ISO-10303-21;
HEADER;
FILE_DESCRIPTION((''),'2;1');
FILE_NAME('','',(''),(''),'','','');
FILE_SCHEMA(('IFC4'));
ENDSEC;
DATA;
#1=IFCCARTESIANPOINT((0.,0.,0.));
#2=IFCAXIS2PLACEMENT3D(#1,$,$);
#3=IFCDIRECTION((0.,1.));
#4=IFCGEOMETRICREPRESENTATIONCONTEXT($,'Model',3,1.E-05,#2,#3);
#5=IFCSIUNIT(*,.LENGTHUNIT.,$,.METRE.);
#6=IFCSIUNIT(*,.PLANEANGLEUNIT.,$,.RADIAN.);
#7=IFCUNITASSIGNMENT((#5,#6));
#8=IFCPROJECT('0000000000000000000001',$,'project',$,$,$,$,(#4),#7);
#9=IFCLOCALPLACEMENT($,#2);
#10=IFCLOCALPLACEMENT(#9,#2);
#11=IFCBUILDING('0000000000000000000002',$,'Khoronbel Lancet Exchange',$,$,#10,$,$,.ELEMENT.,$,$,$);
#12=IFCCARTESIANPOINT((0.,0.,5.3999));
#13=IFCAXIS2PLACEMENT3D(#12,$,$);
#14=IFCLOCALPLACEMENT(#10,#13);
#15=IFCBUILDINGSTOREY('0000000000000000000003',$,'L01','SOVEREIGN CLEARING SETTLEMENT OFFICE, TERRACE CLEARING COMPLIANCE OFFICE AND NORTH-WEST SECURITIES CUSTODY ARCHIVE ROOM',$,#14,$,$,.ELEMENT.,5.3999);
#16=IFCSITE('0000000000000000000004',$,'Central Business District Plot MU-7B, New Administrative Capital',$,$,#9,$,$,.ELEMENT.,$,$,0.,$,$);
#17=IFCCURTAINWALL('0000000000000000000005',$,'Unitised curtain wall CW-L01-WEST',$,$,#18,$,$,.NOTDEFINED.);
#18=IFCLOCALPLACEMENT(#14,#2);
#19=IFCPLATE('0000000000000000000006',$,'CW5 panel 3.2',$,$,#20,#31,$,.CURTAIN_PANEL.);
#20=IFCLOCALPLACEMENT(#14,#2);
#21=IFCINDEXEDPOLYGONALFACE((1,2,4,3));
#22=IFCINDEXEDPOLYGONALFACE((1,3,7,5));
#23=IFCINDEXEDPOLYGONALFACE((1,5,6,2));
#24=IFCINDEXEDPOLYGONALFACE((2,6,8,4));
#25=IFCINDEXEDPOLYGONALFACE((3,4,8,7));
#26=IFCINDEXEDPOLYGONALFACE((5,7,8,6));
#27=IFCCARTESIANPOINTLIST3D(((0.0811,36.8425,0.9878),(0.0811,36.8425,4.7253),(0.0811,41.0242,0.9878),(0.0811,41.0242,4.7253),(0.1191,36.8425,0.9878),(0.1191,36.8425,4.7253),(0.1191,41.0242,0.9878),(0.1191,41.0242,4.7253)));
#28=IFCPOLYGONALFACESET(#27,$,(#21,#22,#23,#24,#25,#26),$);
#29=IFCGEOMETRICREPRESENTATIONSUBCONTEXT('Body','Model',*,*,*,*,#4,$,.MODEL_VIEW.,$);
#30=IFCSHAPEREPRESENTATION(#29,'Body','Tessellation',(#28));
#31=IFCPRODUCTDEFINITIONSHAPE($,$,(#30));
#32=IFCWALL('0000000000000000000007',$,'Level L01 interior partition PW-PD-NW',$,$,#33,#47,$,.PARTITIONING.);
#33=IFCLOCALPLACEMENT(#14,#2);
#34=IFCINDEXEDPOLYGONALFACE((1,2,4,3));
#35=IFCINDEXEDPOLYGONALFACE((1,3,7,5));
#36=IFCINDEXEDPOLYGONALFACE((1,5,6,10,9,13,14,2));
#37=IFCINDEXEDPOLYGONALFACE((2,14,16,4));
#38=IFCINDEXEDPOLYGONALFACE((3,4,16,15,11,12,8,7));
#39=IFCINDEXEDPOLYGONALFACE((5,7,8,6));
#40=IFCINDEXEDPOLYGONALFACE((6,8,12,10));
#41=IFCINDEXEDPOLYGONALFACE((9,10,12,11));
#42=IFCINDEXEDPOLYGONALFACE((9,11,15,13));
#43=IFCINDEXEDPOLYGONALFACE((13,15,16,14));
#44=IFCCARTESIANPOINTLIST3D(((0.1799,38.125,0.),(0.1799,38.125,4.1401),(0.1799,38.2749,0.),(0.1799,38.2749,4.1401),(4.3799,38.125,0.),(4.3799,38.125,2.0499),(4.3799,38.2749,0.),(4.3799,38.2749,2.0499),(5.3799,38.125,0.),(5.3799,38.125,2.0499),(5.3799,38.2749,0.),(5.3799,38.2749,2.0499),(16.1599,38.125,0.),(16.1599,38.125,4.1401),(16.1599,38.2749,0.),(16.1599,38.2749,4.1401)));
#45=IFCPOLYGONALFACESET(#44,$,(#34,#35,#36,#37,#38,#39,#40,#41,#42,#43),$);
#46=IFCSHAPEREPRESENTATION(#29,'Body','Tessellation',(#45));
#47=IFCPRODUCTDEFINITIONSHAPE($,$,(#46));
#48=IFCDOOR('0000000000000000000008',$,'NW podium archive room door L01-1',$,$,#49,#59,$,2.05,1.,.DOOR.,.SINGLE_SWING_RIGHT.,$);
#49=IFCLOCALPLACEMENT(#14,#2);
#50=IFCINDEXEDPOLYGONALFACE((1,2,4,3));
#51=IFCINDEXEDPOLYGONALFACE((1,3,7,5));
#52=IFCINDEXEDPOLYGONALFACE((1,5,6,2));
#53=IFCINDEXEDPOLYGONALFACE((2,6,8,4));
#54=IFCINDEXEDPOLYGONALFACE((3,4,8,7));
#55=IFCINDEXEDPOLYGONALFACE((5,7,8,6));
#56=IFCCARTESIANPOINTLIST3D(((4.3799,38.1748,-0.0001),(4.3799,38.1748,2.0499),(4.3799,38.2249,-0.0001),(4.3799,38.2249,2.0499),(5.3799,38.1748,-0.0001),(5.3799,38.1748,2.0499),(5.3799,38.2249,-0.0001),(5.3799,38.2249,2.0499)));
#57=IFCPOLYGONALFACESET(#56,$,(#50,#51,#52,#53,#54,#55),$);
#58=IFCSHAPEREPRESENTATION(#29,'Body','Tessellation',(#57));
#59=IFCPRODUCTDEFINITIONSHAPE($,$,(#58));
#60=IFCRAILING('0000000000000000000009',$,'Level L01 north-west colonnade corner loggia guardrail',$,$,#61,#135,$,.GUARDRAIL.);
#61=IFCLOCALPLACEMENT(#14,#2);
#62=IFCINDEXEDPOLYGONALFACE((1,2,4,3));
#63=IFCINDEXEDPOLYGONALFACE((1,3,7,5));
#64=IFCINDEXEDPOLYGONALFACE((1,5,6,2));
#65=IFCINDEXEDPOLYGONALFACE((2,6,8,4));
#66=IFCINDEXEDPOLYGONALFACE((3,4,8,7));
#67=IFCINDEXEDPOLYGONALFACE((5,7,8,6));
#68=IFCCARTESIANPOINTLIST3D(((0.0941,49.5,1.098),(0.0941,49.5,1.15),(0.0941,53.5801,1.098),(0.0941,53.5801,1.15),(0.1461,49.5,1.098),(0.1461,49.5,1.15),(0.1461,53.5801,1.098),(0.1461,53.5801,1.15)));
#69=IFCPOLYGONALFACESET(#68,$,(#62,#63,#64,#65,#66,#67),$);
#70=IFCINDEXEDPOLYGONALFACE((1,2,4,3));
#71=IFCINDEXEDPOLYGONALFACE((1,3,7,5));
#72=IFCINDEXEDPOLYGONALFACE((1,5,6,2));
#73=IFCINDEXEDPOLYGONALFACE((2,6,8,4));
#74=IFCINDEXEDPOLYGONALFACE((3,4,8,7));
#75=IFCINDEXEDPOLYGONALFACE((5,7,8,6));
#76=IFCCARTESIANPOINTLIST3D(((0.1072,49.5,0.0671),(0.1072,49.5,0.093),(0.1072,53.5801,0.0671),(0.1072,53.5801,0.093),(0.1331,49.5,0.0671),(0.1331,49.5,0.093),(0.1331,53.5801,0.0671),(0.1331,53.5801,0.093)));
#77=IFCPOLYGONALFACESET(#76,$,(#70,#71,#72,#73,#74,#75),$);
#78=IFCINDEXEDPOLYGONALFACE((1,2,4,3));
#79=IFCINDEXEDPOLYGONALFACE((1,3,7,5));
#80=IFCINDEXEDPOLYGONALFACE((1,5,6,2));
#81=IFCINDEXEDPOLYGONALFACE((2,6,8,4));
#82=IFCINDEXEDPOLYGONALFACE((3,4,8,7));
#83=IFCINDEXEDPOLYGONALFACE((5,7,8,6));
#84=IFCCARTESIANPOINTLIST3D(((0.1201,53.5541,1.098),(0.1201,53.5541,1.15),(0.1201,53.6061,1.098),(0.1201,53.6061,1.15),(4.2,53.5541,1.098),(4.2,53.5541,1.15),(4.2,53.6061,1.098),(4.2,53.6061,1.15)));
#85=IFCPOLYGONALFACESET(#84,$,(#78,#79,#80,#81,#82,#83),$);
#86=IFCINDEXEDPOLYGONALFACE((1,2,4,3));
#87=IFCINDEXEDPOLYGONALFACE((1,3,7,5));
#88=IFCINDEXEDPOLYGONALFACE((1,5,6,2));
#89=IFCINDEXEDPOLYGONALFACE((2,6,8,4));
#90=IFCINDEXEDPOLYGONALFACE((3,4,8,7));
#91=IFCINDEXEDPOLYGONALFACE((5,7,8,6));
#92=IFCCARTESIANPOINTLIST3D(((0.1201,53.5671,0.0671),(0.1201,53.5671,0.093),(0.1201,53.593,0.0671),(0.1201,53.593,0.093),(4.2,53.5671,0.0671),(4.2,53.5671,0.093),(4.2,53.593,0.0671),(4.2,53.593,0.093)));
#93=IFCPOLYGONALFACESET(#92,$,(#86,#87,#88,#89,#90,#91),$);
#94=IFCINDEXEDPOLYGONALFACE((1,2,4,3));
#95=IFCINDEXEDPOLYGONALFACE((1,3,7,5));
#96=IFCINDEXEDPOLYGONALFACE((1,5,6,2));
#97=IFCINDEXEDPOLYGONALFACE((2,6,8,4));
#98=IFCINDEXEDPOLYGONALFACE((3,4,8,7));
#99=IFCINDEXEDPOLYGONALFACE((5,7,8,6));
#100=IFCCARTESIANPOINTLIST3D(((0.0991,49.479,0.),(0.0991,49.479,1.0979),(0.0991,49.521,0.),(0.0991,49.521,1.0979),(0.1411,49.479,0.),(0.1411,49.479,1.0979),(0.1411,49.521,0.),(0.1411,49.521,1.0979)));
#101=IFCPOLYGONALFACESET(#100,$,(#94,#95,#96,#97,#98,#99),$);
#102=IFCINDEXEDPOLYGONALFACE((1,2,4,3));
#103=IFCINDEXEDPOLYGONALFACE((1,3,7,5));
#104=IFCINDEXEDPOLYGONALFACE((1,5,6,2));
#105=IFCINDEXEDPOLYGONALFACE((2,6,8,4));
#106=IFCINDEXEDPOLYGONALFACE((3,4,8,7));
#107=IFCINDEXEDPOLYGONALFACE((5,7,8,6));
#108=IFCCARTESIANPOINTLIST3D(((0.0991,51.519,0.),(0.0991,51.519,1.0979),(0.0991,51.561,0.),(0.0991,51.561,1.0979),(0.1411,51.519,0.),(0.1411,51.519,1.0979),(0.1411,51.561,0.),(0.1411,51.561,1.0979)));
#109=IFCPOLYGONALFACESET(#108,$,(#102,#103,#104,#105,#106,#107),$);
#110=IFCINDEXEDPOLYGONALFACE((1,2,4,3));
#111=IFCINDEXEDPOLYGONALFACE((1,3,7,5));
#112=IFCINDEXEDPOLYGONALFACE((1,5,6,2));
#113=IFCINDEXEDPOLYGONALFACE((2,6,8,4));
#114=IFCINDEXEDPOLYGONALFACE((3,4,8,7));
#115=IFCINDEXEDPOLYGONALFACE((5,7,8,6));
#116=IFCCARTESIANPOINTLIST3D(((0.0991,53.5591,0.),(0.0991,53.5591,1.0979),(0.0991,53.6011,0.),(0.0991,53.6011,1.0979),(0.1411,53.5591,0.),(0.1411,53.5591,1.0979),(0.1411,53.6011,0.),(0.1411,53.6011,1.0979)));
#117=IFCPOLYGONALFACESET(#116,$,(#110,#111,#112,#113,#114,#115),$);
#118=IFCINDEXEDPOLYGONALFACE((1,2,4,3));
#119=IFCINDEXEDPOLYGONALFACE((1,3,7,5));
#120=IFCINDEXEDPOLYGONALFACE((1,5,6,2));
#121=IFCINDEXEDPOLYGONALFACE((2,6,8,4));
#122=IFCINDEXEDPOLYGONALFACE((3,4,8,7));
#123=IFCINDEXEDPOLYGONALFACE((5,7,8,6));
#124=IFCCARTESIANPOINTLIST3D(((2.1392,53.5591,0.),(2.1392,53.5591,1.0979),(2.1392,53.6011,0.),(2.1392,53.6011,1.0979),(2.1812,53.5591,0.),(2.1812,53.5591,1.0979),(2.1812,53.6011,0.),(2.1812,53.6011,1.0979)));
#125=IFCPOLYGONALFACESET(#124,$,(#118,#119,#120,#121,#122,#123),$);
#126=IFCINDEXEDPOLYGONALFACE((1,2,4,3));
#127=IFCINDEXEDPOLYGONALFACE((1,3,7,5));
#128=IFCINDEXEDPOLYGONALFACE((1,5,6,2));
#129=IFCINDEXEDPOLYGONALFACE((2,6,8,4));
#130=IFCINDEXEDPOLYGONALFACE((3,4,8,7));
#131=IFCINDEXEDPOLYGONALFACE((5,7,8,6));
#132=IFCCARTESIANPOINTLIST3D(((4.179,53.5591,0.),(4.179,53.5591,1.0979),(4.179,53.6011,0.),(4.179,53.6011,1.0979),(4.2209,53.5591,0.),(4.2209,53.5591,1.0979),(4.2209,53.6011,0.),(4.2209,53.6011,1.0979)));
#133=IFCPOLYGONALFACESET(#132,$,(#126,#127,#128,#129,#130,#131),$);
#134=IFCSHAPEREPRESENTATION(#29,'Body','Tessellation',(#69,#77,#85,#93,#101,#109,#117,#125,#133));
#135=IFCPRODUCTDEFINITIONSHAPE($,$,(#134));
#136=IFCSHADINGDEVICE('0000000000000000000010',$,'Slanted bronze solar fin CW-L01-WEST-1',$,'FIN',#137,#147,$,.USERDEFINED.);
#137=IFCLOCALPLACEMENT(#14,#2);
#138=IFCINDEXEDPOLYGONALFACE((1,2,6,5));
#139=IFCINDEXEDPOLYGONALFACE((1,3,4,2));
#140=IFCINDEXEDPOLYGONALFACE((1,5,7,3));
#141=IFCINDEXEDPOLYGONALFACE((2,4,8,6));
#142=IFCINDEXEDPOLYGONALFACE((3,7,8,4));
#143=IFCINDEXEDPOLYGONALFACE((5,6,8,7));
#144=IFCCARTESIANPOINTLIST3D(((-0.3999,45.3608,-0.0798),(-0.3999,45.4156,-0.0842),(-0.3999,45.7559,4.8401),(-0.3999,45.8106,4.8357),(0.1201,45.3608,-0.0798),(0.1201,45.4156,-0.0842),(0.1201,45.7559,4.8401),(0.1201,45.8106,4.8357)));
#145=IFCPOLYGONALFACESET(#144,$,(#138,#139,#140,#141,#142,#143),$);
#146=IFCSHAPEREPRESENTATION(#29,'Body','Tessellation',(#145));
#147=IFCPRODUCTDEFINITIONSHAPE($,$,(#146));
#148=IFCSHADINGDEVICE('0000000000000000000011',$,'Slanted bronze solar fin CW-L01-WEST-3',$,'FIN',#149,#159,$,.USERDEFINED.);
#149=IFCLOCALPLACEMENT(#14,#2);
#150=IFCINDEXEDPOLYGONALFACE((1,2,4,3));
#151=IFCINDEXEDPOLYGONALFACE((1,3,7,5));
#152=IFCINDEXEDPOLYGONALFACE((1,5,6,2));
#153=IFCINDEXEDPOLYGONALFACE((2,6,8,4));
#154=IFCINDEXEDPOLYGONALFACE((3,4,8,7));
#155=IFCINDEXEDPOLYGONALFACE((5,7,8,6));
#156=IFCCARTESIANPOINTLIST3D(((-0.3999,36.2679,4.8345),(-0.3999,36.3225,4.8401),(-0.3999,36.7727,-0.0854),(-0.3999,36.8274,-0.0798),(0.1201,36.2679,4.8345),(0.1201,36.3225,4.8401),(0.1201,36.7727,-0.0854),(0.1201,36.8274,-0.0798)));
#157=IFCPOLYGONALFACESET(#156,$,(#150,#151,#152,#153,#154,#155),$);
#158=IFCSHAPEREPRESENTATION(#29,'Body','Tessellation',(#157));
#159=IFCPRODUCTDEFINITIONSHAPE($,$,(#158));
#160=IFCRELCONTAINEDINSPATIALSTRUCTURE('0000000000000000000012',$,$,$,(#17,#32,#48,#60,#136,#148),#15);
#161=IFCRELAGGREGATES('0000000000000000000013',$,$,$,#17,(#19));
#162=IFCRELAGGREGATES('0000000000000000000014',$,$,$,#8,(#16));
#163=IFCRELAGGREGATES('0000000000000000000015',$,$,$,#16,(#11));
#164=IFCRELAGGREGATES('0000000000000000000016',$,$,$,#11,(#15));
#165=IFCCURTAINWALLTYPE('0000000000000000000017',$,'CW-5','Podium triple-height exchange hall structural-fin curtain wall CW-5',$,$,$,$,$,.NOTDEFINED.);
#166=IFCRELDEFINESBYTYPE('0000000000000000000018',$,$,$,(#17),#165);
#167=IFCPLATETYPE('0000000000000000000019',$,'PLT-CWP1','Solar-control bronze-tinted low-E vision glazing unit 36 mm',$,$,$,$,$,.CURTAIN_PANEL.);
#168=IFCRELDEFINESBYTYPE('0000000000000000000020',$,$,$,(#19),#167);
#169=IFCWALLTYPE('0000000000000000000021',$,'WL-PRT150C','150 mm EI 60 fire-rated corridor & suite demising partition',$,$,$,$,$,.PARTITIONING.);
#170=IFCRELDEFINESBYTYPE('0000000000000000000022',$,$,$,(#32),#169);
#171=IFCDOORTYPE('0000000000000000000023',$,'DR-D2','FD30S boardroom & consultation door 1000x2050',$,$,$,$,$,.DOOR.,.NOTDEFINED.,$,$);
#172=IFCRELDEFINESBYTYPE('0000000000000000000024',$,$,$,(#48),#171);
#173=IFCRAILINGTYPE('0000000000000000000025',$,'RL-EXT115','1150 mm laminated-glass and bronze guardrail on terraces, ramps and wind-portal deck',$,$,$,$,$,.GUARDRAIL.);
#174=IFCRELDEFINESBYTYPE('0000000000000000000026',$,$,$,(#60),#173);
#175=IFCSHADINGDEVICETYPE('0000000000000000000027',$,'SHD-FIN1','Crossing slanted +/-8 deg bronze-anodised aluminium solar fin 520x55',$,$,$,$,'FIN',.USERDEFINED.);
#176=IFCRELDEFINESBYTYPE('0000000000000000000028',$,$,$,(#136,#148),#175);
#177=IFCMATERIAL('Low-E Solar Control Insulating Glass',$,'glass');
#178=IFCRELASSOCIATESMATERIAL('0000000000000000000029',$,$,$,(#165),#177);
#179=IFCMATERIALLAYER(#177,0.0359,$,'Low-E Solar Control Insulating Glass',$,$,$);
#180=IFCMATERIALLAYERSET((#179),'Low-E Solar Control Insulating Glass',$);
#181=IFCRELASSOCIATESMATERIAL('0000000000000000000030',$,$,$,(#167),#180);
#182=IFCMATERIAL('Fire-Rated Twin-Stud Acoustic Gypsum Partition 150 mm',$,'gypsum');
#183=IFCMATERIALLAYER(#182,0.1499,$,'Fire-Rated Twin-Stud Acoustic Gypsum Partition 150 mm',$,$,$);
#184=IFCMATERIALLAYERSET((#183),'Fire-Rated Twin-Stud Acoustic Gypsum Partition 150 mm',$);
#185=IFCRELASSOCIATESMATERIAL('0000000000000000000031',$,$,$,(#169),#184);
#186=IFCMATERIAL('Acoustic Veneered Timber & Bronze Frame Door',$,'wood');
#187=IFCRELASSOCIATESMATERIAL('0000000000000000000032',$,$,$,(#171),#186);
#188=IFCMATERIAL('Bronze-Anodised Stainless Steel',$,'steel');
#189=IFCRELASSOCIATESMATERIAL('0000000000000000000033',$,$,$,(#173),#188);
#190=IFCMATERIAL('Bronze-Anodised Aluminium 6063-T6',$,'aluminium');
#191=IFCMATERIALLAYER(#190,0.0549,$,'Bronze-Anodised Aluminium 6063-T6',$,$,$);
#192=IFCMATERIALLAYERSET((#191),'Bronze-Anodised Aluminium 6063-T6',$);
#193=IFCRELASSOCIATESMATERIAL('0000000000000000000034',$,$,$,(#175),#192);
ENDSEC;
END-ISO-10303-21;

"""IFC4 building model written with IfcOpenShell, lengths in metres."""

from ifc_helpers import new_model, si_unit, direction, frame, frame_2d, origin, origin_2d, place, context, subcontext, project, spatial, polyline, rectangle, outline, extrude, material, layer, layer_set, type_object, element, fill, aggregate, save


model = new_model("IFC4")

# Units and contexts
model_context = context("Model", 3, precision=1e-05, world=origin(), true_north=direction((0.0, 1.0)))
body_context = subcontext(model_context, "Body", "Model", "MODEL_VIEW")
ifc_project = project(units=[si_unit("LENGTHUNIT", "METRE"), si_unit("PLANEANGLEUNIT", "RADIAN")], contexts=[model_context])

# Site, building, storey
site_placement = place(None, origin())
site = spatial("IfcSite", under=ifc_project, at=site_placement, Name="Central Business District Plot MU-7B, New Administrative Capital", CompositionType="ELEMENT", RefElevation=0.0)
building_placement = place(site_placement, origin())
building = spatial("IfcBuilding", under=site, at=building_placement, Name="Khoronbel Lancet Exchange", CompositionType="ELEMENT")
storey_placement = place(building_placement, frame((0.0, 0.0, 5.3999)))
storey = spatial("IfcBuildingStorey", under=building, at=storey_placement, Name="L01", Description="SOVEREIGN CLEARING SETTLEMENT OFFICE, TERRACE CLEARING COMPLIANCE OFFICE AND NORTH-WEST SECURITIES CUSTODY ARCHIVE ROOM", CompositionType="ELEMENT", Elevation=5.3999)

# Curtain wall, plate
ifc_material_1 = material(Name="Low-E Solar Control Insulating Glass", Category="glass")
curtain_wall_type = type_object("IfcCurtainWallType", Name="CW-5", Description="Podium triple-height exchange hall structural-fin curtain wall CW-5", PredefinedType="NOTDEFINED", material=ifc_material_1)
curtain_wall_placement = place(storey_placement, origin())
curtain_wall = element("IfcCurtainWall", 1, at=curtain_wall_placement, inside=storey, type_object=curtain_wall_type, Name="Unitised curtain wall CW-L01-WEST", PredefinedType="NOTDEFINED")
ifc_material_2 = material(Name="Bronze-Anodised Aluminium 6063-T6", Category="aluminium")
ifc_layer_1 = layer(ifc_material_1, 0.0359, Name="Low-E Solar Control Insulating Glass")
ifc_layer_set_1 = layer_set([ifc_layer_1], Name="Low-E Solar Control Insulating Glass")
plate_type = type_object("IfcPlateType", Name="PLT-CWP1", Description="Solar-control bronze-tinted low-E vision glazing unit 36 mm", PredefinedType="CURTAIN_PANEL", material=ifc_layer_set_1)
plate_1_placement = place(storey_placement, frame((0.1001, 38.9333, 0.9878), z_axis=(0.0, 0.0, 1.0), x_axis=(0.0, -1.0, 0.0)))
plate_1 = element("IfcPlate", 2, at=plate_1_placement, type_object=plate_type, Name="CW5 panel 3.2", PredefinedType="CURTAIN_PANEL", context=body_context, shape_type="SweptSolid", body=[
    extrude(rectangle(XDim=4.1816, YDim=0.0381, at=origin_2d()), origin(), (0.0, 0.0, 1.0), 3.7375),
])
aggregate(curtain_wall, [plate_1])

# Wall, opening, door
ifc_material_3 = material(Name="Fire-Rated Twin-Stud Acoustic Gypsum Partition 150 mm", Category="gypsum")
ifc_layer_2 = layer(ifc_material_3, 0.1499, Name="Fire-Rated Twin-Stud Acoustic Gypsum Partition 150 mm")
ifc_layer_set_2 = layer_set([ifc_layer_2], Name="Fire-Rated Twin-Stud Acoustic Gypsum Partition 150 mm")
wall_type = type_object("IfcWallType", Name="WL-PRT150C", Description="150 mm EI 60 fire-rated corridor & suite demising partition", PredefinedType="PARTITIONING", material=ifc_layer_set_2)
wall_placement = place(storey_placement, frame((0.1799, 38.2, 0.0), z_axis=(0.0, 0.0, 1.0), x_axis=(1.0, 0.0, 0.0)))
wall = element("IfcWall", 3, at=wall_placement, inside=storey, type_object=wall_type, Name="Level L01 interior partition PW-PD-NW", PredefinedType="PARTITIONING", context=body_context, shape_type="SweptSolid", body=[
    extrude(rectangle(XDim=15.98, YDim=0.1499, at=frame_2d((7.99, 0.0))), origin(), (0.0, 0.0, 1.0), 4.1401),
])
opening_placement = place(wall_placement, frame((4.2, 0.0, 0.0)))
opening = element("IfcOpeningElement", 4, at=opening_placement, cuts=wall, PredefinedType="OPENING", context=body_context, shape_type="SweptSolid", body=[
    extrude(rectangle(XDim=1.0, YDim=2.05, at=frame_2d((0.5, 1.0249))), frame((0.0, 0.085, 0.0), z_axis=(0.0, -1.0, 0.0), x_axis=(1.0, 0.0, 0.0)), (0.0, 0.0, 1.0), 0.1699),
])
ifc_material_4 = material(Name="Acoustic Veneered Timber & Bronze Frame Door", Category="wood")
door_type = type_object("IfcDoorType", Name="DR-D2", Description="FD30S boardroom & consultation door 1000x2050", OperationType="NOTDEFINED", PredefinedType="DOOR", material=ifc_material_4)
door_placement = place(opening_placement, origin())
door = element("IfcDoor", 5, at=door_placement, inside=storey, type_object=door_type, Name="NW podium archive room door L01-1", OperationType="SINGLE_SWING_RIGHT", OverallHeight=2.05, OverallWidth=1.0, PredefinedType="DOOR", context=body_context, shape_type="SweptSolid", body=[
    extrude(rectangle(XDim=1.0, YDim=2.05, at=frame_2d((0.5, 1.0249))), frame((0.0, 0.0249, 0.0), z_axis=(0.0, -1.0, 0.0), x_axis=(1.0, 0.0, 0.0)), (0.0, 0.0, 1.0), 0.05),
])
fill(opening, door)

# Railing
ifc_material_5 = material(Name="Bronze-Anodised Stainless Steel", Category="steel")
railing_type = type_object("IfcRailingType", Name="RL-EXT115", Description="1150 mm laminated-glass and bronze guardrail on terraces, ramps and wind-portal deck", PredefinedType="GUARDRAIL", material=ifc_material_5)
railing_placement = place(storey_placement, frame((0.1201, 49.5, 0.0)))
element("IfcRailing", 6, at=railing_placement, inside=storey, type_object=railing_type, Name="Level L01 north-west colonnade corner loggia guardrail", PredefinedType="GUARDRAIL", context=body_context, shape_type="SweptSolid", body=[
    extrude(rectangle(XDim=0.052, YDim=0.052, at=origin_2d()), frame((0.0, 0.0, 1.124), z_axis=(0.0, 1.0, 0.0), x_axis=(-1.0, 0.0, 0.0)), (0.0, 0.0, 1.0), 4.0801),
    extrude(rectangle(XDim=0.0259, YDim=0.0259, at=origin_2d()), frame((0.0, 0.0, 0.0801), z_axis=(0.0, 1.0, 0.0), x_axis=(-1.0, 0.0, 0.0)), (0.0, 0.0, 1.0), 4.0801),
    extrude(rectangle(XDim=0.052, YDim=0.052, at=origin_2d()), frame((0.0, 4.0801, 1.124), z_axis=(1.0, 0.0, 0.0), x_axis=(0.0, 1.0, 0.0)), (0.0, 0.0, 1.0), 4.0798),
    extrude(rectangle(XDim=0.0259, YDim=0.0259, at=origin_2d()), frame((0.0, 4.0801, 0.0801), z_axis=(1.0, 0.0, 0.0), x_axis=(0.0, 1.0, 0.0)), (0.0, 0.0, 1.0), 4.0798),
    extrude(rectangle(XDim=0.042, YDim=0.042, at=origin_2d()), origin(), (0.0, 0.0, 1.0), 1.0979),
    extrude(rectangle(XDim=0.042, YDim=0.042, at=origin_2d()), frame((0.0, 2.04, 0.0)), (0.0, 0.0, 1.0), 1.0979),
    extrude(rectangle(XDim=0.042, YDim=0.042, at=origin_2d()), frame((0.0, 4.0801, 0.0)), (0.0, 0.0, 1.0), 1.0979),
    extrude(rectangle(XDim=0.042, YDim=0.042, at=origin_2d()), frame((2.04, 4.0801, 0.0)), (0.0, 0.0, 1.0), 1.0979),
    extrude(rectangle(XDim=0.042, YDim=0.042, at=origin_2d()), frame((4.0798, 4.0801, 0.0)), (0.0, 0.0, 1.0), 1.0979),
])

# Shading devices
ifc_layer_3 = layer(ifc_material_2, 0.0549, Name="Bronze-Anodised Aluminium 6063-T6")
ifc_layer_set_3 = layer_set([ifc_layer_3], Name="Bronze-Anodised Aluminium 6063-T6")
shading_device_type = type_object("IfcShadingDeviceType", Name="SHD-FIN1", Description="Crossing slanted +/-8 deg bronze-anodised aluminium solar fin 520x55", ElementType="FIN", PredefinedType="USERDEFINED", material=ifc_layer_set_3)
shading_device_1_placement = place(storey_placement, frame((0.1201, 45.3608, -0.0798), z_axis=(0.0, -0.996792, 0.080032), x_axis=(-1.0, 0.0, 0.0)))
element("IfcShadingDevice", 7, at=shading_device_1_placement, inside=storey, type_object=shading_device_type, Name="Slanted bronze solar fin CW-L01-WEST-1", ObjectType="FIN", PredefinedType="USERDEFINED", context=body_context, shape_type="SweptSolid", body=[
    extrude(outline(polyline([(0.0, 0.0), (0.52, 0.0), (0.52, -4.9358), (0.0, -4.9358), (0.0, 0.0)])), origin(), (0.0, 0.0, -1.0), 0.0549),
])
shading_device_2_placement = place(storey_placement, frame((0.1201, 36.8274, -0.0798), z_axis=(0.0, 0.994776, 0.102084), x_axis=(-1.0, 0.0, 0.0)))
element("IfcShadingDevice", 8, at=shading_device_2_placement, inside=storey, type_object=shading_device_type, Name="Slanted bronze solar fin CW-L01-WEST-3", ObjectType="FIN", PredefinedType="USERDEFINED", context=body_context, shape_type="SweptSolid", body=[
    extrude(outline(polyline([(0.0, 0.0), (0.52, 0.0), (0.52, 4.9458), (0.0, 4.9458), (0.0, 0.0)])), origin(), (0.0, 0.0, -1.0), 0.0549),
])

save(model, "model.ifc")
